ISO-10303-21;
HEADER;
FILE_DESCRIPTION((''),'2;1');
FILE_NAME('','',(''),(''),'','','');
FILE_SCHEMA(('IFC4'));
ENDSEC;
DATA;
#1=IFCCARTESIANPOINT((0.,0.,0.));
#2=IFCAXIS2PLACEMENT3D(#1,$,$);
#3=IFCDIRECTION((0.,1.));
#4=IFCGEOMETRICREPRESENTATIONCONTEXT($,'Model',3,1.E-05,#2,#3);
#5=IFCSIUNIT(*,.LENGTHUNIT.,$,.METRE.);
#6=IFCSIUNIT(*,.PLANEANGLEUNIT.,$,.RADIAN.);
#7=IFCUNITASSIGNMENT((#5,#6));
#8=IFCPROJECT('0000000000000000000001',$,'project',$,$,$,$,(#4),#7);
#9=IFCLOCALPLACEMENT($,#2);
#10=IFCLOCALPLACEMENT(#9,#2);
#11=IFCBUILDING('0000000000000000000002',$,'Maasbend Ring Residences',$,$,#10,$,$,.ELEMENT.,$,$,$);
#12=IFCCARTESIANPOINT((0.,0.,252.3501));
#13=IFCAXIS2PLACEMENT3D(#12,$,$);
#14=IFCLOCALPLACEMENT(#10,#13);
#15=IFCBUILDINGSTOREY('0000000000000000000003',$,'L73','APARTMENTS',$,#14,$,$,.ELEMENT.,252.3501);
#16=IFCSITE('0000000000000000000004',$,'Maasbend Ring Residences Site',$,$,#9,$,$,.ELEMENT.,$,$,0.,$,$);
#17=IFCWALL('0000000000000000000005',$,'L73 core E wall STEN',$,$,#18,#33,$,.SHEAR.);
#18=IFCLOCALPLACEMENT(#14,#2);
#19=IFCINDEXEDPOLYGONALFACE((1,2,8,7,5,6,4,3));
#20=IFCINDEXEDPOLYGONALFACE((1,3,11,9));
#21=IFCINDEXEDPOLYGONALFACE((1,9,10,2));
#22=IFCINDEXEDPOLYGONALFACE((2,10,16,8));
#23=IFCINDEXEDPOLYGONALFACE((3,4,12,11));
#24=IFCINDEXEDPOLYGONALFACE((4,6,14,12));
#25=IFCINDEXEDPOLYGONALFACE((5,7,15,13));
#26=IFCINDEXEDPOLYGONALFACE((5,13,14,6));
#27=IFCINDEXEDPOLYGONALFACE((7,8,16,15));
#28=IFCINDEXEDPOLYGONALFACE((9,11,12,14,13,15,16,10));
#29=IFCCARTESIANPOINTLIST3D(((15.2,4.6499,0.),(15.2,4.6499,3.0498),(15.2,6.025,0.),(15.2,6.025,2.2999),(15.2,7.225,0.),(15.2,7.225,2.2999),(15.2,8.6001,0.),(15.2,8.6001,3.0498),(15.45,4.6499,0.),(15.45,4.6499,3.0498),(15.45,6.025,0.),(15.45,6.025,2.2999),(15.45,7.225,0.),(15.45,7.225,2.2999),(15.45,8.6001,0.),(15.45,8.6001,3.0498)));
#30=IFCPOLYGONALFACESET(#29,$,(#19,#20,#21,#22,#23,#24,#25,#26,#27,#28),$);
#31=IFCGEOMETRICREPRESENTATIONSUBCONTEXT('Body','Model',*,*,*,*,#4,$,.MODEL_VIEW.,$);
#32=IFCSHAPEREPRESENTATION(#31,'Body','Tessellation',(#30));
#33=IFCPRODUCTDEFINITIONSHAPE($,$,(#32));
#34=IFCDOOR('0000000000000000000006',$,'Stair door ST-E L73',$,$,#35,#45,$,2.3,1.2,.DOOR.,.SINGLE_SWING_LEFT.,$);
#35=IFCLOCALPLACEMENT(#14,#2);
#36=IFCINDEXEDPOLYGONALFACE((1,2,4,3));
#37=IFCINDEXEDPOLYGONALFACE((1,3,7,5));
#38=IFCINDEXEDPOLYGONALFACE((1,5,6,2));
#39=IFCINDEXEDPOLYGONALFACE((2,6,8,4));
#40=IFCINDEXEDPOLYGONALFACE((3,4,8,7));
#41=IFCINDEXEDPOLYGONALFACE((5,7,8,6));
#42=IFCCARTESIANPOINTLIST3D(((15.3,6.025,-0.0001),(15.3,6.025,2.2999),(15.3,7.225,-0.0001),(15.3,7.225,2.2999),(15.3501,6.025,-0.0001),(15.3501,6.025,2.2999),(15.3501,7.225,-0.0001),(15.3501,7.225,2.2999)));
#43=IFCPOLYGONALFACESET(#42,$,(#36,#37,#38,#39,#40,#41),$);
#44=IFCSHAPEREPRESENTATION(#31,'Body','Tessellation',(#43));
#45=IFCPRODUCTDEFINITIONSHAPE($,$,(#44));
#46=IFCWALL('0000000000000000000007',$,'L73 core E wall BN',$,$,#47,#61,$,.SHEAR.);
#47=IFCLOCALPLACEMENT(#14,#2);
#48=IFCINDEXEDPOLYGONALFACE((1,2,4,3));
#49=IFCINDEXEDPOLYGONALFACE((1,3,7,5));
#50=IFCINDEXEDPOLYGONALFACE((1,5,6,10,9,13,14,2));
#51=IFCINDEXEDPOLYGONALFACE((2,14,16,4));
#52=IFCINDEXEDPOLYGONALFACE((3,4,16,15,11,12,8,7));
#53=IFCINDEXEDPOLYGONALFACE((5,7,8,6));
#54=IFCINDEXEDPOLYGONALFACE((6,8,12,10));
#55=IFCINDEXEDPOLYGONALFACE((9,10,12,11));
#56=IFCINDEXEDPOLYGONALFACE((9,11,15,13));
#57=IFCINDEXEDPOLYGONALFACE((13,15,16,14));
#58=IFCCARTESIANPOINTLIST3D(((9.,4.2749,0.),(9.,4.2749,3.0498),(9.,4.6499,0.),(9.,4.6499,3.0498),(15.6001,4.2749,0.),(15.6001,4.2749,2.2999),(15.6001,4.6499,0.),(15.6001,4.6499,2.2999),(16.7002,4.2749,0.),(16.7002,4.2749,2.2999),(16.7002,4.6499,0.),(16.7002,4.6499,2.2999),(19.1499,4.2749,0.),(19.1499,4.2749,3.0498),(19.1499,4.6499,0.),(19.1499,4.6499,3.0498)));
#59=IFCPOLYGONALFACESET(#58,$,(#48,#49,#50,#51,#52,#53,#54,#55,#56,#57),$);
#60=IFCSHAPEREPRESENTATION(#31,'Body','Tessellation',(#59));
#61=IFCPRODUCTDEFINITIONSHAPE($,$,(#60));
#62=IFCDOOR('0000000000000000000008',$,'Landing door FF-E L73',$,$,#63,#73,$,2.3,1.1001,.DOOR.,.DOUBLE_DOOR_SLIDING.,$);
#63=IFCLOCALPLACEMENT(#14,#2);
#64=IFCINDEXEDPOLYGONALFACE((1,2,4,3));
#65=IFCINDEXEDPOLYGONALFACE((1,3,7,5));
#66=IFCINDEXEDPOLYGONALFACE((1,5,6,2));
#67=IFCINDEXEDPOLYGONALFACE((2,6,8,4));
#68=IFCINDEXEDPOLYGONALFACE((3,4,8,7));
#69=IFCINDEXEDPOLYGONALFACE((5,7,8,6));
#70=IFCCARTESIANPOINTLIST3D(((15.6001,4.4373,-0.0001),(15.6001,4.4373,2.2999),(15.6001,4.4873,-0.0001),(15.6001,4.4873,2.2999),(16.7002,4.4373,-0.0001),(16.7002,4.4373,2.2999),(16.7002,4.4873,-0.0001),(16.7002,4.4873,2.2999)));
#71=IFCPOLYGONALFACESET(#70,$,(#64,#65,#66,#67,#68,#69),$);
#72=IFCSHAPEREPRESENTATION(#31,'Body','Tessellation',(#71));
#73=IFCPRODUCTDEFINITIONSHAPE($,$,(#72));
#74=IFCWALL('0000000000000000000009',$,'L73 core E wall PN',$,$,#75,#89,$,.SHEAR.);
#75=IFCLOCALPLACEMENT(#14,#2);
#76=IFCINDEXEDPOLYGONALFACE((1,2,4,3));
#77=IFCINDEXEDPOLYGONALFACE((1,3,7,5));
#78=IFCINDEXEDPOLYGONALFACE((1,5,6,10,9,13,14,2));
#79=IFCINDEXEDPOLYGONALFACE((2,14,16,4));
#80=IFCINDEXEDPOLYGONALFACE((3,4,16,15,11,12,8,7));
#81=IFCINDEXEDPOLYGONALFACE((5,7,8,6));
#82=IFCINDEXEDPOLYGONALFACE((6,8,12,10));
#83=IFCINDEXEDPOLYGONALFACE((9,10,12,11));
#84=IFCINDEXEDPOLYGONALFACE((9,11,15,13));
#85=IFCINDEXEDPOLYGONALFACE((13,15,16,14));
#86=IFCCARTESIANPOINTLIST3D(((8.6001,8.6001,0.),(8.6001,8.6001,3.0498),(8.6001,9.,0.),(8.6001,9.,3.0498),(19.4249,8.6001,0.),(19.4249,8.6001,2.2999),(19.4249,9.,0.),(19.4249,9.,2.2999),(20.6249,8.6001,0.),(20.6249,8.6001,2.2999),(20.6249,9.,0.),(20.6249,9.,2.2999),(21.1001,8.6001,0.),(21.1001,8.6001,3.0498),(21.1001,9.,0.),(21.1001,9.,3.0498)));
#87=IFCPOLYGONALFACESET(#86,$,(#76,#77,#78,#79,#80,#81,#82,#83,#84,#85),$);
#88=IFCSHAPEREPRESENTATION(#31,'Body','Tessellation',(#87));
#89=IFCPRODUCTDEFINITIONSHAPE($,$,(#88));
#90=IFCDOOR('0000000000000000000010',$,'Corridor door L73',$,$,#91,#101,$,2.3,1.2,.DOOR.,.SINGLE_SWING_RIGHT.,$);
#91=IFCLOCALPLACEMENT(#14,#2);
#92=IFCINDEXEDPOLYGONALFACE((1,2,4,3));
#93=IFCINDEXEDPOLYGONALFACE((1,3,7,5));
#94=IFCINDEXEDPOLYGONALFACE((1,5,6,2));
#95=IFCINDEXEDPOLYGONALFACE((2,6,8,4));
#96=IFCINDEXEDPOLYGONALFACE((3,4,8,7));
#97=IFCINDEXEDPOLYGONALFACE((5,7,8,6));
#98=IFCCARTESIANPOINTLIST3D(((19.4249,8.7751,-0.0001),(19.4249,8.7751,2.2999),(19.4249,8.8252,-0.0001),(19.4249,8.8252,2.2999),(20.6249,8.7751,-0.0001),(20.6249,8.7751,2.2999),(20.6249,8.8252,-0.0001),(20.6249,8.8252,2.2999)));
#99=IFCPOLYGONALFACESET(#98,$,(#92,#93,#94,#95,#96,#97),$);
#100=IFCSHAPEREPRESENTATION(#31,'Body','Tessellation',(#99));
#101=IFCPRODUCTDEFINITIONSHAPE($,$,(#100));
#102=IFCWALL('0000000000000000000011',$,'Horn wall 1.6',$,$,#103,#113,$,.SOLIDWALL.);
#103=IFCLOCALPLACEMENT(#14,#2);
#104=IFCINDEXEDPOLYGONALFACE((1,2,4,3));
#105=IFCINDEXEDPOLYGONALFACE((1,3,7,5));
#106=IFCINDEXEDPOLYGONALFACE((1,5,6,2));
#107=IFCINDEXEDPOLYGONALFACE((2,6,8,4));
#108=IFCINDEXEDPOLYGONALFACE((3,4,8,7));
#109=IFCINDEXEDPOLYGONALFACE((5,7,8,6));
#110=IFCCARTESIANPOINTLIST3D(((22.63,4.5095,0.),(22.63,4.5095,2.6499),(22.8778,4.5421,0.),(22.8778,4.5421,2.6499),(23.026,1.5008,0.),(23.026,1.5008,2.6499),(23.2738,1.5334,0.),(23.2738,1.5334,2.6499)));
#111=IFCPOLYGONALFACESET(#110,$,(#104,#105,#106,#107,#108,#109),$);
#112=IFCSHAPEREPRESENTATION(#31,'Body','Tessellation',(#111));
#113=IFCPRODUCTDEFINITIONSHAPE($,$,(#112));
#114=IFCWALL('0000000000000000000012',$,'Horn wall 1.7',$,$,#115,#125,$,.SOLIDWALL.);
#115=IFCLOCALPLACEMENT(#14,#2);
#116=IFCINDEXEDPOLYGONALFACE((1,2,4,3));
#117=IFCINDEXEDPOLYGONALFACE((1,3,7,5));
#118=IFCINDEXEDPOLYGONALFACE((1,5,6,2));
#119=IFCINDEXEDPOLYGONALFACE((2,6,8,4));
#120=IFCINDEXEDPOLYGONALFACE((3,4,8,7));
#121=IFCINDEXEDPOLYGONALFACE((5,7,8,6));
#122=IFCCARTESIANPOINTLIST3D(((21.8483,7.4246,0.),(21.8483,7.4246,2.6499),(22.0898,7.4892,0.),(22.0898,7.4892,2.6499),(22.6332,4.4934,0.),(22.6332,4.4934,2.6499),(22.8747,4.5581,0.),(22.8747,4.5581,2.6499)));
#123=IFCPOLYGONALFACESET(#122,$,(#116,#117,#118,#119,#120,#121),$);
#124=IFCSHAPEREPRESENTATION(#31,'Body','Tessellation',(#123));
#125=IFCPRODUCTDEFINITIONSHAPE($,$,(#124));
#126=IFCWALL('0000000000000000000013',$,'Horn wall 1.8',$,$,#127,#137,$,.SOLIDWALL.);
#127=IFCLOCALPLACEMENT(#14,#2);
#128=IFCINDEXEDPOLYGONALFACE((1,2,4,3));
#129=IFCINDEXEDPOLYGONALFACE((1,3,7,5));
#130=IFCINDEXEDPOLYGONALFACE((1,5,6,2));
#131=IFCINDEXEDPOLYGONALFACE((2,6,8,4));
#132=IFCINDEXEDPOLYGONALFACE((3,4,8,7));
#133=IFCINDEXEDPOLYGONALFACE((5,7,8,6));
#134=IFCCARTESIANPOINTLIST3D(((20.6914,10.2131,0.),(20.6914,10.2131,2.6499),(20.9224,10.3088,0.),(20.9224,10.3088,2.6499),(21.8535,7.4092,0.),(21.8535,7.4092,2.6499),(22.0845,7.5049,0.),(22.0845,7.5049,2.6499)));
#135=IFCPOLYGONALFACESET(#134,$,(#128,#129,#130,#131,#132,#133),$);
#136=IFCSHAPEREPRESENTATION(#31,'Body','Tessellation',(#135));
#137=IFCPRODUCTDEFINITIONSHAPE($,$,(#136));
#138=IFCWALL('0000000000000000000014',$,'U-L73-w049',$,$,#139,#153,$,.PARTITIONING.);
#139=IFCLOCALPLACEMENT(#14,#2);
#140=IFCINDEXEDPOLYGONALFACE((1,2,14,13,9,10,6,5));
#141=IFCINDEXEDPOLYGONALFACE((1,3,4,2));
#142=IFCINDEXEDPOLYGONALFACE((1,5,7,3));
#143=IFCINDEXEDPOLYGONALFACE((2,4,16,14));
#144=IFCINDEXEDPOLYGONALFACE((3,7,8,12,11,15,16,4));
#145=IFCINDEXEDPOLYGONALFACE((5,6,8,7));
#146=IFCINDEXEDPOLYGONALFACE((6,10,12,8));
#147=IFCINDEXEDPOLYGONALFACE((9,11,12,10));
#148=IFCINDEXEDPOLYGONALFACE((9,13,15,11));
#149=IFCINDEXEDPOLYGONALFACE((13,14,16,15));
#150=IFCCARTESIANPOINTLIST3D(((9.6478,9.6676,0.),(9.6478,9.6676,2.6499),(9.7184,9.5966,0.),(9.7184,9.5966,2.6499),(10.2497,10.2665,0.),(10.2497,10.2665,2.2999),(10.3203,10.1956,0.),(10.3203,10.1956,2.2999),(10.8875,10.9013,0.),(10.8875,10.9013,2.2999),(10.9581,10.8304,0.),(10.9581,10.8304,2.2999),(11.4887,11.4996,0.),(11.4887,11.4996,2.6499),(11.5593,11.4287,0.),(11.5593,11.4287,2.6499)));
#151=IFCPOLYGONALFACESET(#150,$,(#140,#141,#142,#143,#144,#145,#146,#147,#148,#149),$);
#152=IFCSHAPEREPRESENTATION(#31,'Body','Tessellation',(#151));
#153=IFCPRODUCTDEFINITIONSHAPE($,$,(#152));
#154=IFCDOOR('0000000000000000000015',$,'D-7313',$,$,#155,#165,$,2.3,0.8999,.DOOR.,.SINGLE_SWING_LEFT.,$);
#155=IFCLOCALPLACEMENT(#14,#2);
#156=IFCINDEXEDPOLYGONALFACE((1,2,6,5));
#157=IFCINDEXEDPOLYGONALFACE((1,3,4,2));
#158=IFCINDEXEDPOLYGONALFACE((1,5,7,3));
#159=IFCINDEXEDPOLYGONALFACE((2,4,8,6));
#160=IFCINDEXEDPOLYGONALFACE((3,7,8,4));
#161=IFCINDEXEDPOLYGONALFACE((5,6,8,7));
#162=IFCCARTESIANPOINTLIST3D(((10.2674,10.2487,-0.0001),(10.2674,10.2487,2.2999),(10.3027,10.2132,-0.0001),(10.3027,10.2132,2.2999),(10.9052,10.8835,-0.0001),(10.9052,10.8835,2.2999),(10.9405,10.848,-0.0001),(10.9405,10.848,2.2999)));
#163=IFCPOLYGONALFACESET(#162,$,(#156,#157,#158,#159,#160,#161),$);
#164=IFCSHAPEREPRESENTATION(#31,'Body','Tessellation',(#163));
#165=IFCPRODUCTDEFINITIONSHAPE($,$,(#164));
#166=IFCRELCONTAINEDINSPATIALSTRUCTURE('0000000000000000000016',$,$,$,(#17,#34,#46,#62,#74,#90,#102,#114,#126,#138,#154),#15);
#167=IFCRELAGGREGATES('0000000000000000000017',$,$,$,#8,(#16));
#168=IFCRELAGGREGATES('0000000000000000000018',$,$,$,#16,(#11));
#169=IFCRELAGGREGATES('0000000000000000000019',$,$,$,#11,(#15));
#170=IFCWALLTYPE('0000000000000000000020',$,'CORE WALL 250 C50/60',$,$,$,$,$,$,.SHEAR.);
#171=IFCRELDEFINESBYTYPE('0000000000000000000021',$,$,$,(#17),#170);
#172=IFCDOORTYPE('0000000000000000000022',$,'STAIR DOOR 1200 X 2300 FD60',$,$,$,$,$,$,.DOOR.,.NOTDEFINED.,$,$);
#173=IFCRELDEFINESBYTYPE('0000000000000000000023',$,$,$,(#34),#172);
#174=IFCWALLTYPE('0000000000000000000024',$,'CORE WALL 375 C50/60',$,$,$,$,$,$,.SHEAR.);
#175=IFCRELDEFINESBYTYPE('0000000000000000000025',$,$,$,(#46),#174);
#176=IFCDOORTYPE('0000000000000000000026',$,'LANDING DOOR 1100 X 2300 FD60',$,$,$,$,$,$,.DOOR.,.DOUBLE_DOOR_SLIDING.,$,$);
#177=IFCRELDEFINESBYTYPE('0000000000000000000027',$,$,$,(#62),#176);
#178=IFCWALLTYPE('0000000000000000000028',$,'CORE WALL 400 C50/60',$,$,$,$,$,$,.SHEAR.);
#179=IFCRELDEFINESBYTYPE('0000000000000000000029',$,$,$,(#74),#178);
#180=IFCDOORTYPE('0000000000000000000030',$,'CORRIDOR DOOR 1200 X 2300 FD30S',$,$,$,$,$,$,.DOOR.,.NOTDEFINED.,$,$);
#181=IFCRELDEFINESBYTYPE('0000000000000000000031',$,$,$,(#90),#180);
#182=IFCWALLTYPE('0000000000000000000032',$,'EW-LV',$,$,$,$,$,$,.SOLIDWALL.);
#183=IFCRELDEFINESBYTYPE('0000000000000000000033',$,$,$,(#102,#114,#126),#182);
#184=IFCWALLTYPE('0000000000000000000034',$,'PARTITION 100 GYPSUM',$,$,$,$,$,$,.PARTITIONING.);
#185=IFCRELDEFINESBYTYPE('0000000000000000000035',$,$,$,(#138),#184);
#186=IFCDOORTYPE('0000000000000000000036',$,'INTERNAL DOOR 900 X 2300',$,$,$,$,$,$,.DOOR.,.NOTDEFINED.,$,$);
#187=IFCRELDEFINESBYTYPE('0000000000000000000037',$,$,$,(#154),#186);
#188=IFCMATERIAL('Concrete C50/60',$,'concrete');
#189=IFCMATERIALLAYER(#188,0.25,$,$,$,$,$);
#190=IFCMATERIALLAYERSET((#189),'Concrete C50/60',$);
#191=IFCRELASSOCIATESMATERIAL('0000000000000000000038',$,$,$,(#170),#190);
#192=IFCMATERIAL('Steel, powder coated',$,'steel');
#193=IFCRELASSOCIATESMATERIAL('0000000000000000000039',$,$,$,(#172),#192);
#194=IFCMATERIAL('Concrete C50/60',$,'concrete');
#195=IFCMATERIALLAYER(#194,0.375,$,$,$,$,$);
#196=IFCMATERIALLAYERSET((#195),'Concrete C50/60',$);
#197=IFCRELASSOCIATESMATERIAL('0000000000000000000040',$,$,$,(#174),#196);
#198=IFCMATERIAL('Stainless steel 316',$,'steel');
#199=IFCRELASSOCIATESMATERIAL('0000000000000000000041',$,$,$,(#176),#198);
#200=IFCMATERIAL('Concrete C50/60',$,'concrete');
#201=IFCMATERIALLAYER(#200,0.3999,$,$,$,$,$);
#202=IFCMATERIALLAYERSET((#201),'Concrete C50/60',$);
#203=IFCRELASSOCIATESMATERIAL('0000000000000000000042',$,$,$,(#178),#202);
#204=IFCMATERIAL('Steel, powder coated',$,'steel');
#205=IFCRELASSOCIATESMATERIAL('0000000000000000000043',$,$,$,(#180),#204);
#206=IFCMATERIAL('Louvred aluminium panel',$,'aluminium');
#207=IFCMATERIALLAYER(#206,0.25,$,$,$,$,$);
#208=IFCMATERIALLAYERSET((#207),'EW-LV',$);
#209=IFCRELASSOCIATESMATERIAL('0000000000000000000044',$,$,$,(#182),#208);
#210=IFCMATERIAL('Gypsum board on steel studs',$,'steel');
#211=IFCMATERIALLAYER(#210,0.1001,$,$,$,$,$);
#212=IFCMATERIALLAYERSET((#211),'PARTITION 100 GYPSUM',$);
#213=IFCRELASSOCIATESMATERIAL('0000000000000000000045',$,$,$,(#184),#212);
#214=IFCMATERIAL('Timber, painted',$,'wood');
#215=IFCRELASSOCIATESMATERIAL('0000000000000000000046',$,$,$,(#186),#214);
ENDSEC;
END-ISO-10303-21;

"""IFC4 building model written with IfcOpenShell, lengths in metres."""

from ifc_helpers import new_model, si_unit, direction, frame, frame_2d, origin, place, context, subcontext, project, spatial, rectangle, extrude, material, layer, layer_set, type_object, element, fill, save


model = new_model("IFC4")

# Units and contexts
model_context = context("Model", 3, precision=1e-05, world=origin(), true_north=direction((0.0, 1.0)))
body_context = subcontext(model_context, "Body", "Model", "MODEL_VIEW")
ifc_project = project(units=[si_unit("LENGTHUNIT", "METRE"), si_unit("PLANEANGLEUNIT", "RADIAN")], contexts=[model_context])

# Site, building, storey
site_placement = place(None, origin())
site = spatial("IfcSite", under=ifc_project, at=site_placement, Name="Maasbend Ring Residences Site", CompositionType="ELEMENT", RefElevation=0.0)
building_placement = place(site_placement, origin())
building = spatial("IfcBuilding", under=site, at=building_placement, Name="Maasbend Ring Residences", CompositionType="ELEMENT")
storey_placement = place(building_placement, frame((0.0, 0.0, 252.3501)))
storey = spatial("IfcBuildingStorey", under=building, at=storey_placement, Name="L73", Description="APARTMENTS", CompositionType="ELEMENT", Elevation=252.3501)

# Shared definitions
ifc_material_1 = material(Name="Concrete C50/60", Category="concrete")
ifc_layer_1 = layer(ifc_material_1, 0.25)
ifc_layer_set_1 = layer_set([ifc_layer_1], Name="Concrete C50/60")
wall_type_1 = type_object("IfcWallType", Name="CORE WALL 250 C50/60", PredefinedType="SHEAR", material=ifc_layer_set_1)

# Walls, openings, doors
wall_1_placement = place(storey_placement, frame((15.325, 4.6499, 0.0), z_axis=(0.0, 0.0, 1.0), x_axis=(0.0, 1.0, 0.0)))
wall_1 = element("IfcWall", 1, at=wall_1_placement, inside=storey, type_object=wall_type_1, Name="L73 core E wall STEN", PredefinedType="SHEAR", context=body_context, shape_type="SweptSolid", body=[
    extrude(rectangle(XDim=3.9502, YDim=0.25, at=frame_2d((1.9751, 0.0))), origin(), (0.0, 0.0, 1.0), 3.0498),
])
opening_1_placement = place(wall_1_placement, frame((1.375, 0.0, 0.0)))
opening_1 = element("IfcOpeningElement", 2, at=opening_1_placement, cuts=wall_1, PredefinedType="OPENING", context=body_context, shape_type="SweptSolid", body=[
    extrude(rectangle(XDim=1.2, YDim=2.3, at=frame_2d((0.6001, 1.1499))), frame((0.0, 0.135, 0.0), z_axis=(0.0, -1.0, 0.0), x_axis=(1.0, 0.0, 0.0)), (0.0, 0.0, 1.0), 0.27),
])
ifc_material_2 = material(Name="Steel, powder coated", Category="steel")
door_type_1 = type_object("IfcDoorType", Name="STAIR DOOR 1200 X 2300 FD60", OperationType="NOTDEFINED", PredefinedType="DOOR", material=ifc_material_2)
door_1_placement = place(opening_1_placement, origin())
door_1 = element("IfcDoor", 3, at=door_1_placement, inside=storey, type_object=door_type_1, Name="Stair door ST-E L73", OperationType="SINGLE_SWING_LEFT", OverallHeight=2.3, OverallWidth=1.2, PredefinedType="DOOR", context=body_context, shape_type="SweptSolid", body=[
    extrude(rectangle(XDim=1.2, YDim=2.3, at=frame_2d((0.6001, 1.1499))), frame((0.0, 0.0249, 0.0), z_axis=(0.0, -1.0, 0.0), x_axis=(1.0, 0.0, 0.0)), (0.0, 0.0, 1.0), 0.05),
])
fill(opening_1, door_1)
ifc_material_3 = material(Name="Concrete C50/60", Category="concrete")
ifc_layer_2 = layer(ifc_material_3, 0.375)
ifc_layer_set_2 = layer_set([ifc_layer_2], Name="Concrete C50/60")
wall_type_2 = type_object("IfcWallType", Name="CORE WALL 375 C50/60", PredefinedType="SHEAR", material=ifc_layer_set_2)
wall_2_placement = place(storey_placement, frame((9.0, 4.4624, 0.0), z_axis=(0.0, 0.0, 1.0), x_axis=(1.0, 0.0, 0.0)))
wall_2 = element("IfcWall", 4, at=wall_2_placement, inside=storey, type_object=wall_type_2, Name="L73 core E wall BN", PredefinedType="SHEAR", context=body_context, shape_type="SweptSolid", body=[
    extrude(rectangle(XDim=10.1499, YDim=0.375, at=frame_2d((5.075, 0.0))), origin(), (0.0, 0.0, 1.0), 3.0498),
])
opening_2_placement = place(wall_2_placement, frame((6.6001, 0.0, 0.0)))
opening_2 = element("IfcOpeningElement", 5, at=opening_2_placement, cuts=wall_2, PredefinedType="OPENING", context=body_context, shape_type="SweptSolid", body=[
    extrude(rectangle(XDim=1.1001, YDim=2.3, at=frame_2d((0.55, 1.1499))), frame((0.0, 0.1975, 0.0), z_axis=(0.0, -1.0, 0.0), x_axis=(1.0, 0.0, 0.0)), (0.0, 0.0, 1.0), 0.395),
])
ifc_material_4 = material(Name="Stainless steel 316", Category="steel")
door_type_2 = type_object("IfcDoorType", Name="LANDING DOOR 1100 X 2300 FD60", OperationType="DOUBLE_DOOR_SLIDING", PredefinedType="DOOR", material=ifc_material_4)
door_2_placement = place(opening_2_placement, origin())
door_2 = element("IfcDoor", 6, at=door_2_placement, inside=storey, type_object=door_type_2, Name="Landing door FF-E L73", OperationType="DOUBLE_DOOR_SLIDING", OverallHeight=2.3, OverallWidth=1.1001, PredefinedType="DOOR", context=body_context, shape_type="SweptSolid", body=[
    extrude(rectangle(XDim=1.1001, YDim=2.3, at=frame_2d((0.55, 1.1499))), frame((0.0, 0.0249, 0.0), z_axis=(0.0, -1.0, 0.0), x_axis=(1.0, 0.0, 0.0)), (0.0, 0.0, 1.0), 0.05),
])
fill(opening_2, door_2)
ifc_material_5 = material(Name="Concrete C50/60", Category="concrete")
ifc_layer_3 = layer(ifc_material_5, 0.3999)
ifc_layer_set_3 = layer_set([ifc_layer_3], Name="Concrete C50/60")
wall_type_3 = type_object("IfcWallType", Name="CORE WALL 400 C50/60", PredefinedType="SHEAR", material=ifc_layer_set_3)
wall_3_placement = place(storey_placement, frame((21.1001, 8.8, 0.0), z_axis=(0.0, 0.0, 1.0), x_axis=(-1.0, 0.0, 0.0)))
wall_3 = element("IfcWall", 7, at=wall_3_placement, inside=storey, type_object=wall_type_3, Name="L73 core E wall PN", PredefinedType="SHEAR", context=body_context, shape_type="SweptSolid", body=[
    extrude(rectangle(XDim=12.5, YDim=0.3999, at=frame_2d((6.25, 0.0))), origin(), (0.0, 0.0, 1.0), 3.0498),
])
opening_3_placement = place(wall_3_placement, frame((0.4751, 0.0, 0.0)))
opening_3 = element("IfcOpeningElement", 8, at=opening_3_placement, cuts=wall_3, PredefinedType="OPENING", context=body_context, shape_type="SweptSolid", body=[
    extrude(rectangle(XDim=1.2, YDim=2.3, at=frame_2d((0.6001, 1.1499))), frame((0.0, 0.21, 0.0), z_axis=(0.0, -1.0, 0.0), x_axis=(1.0, 0.0, 0.0)), (0.0, 0.0, 1.0), 0.4199),
])
ifc_material_6 = material(Name="Steel, powder coated", Category="steel")
door_type_3 = type_object("IfcDoorType", Name="CORRIDOR DOOR 1200 X 2300 FD30S", OperationType="NOTDEFINED", PredefinedType="DOOR", material=ifc_material_6)
door_3_placement = place(opening_3_placement, origin())
door_3 = element("IfcDoor", 9, at=door_3_placement, inside=storey, type_object=door_type_3, Name="Corridor door L73", OperationType="SINGLE_SWING_RIGHT", OverallHeight=2.3, OverallWidth=1.2, PredefinedType="DOOR", context=body_context, shape_type="SweptSolid", body=[
    extrude(rectangle(XDim=1.2, YDim=2.3, at=frame_2d((0.6001, 1.1499))), frame((0.0, 0.0249, 0.0), z_axis=(0.0, -1.0, 0.0), x_axis=(1.0, 0.0, 0.0)), (0.0, 0.0, 1.0), 0.05),
])
fill(opening_3, door_3)

# Walls
ifc_material_7 = material(Name="Louvred aluminium panel", Category="aluminium")
ifc_layer_4 = layer(ifc_material_7, 0.25)
ifc_layer_set_4 = layer_set([ifc_layer_4], Name="EW-LV")
wall_type_4 = type_object("IfcWallType", Name="EW-LV", PredefinedType="SOLIDWALL", material=ifc_layer_set_4)
wall_4_placement = place(storey_placement, frame((23.1499, 1.5171, 0.0), z_axis=(0.0, 0.0, 1.0), x_axis=(-0.130488, 0.99145, 0.0)))
element("IfcWall", 10, at=wall_4_placement, inside=storey, type_object=wall_type_4, Name="Horn wall 1.6", PredefinedType="SOLIDWALL", context=body_context, shape_type="SweptSolid", body=[
    extrude(rectangle(XDim=3.0347, YDim=0.25, at=frame_2d((1.5173, 0.0))), origin(), (0.0, 0.0, 1.0), 2.6499),
])
wall_5_placement = place(storey_placement, frame((22.7539, 4.5259, 0.0), z_axis=(0.0, 0.0, 1.0), x_axis=(-0.258669, 0.965966, 0.0)))
element("IfcWall", 11, at=wall_5_placement, inside=storey, type_object=wall_type_4, Name="Horn wall 1.7", PredefinedType="SOLIDWALL", context=body_context, shape_type="SweptSolid", body=[
    extrude(rectangle(XDim=3.0344, YDim=0.25, at=frame_2d((1.5171, 0.0))), origin(), (0.0, 0.0, 1.0), 2.6499),
])
wall_6_placement = place(storey_placement, frame((21.969, 7.457, 0.0), z_axis=(0.0, 0.0, 1.0), x_axis=(-0.382873, 0.923801, 0.0)))
element("IfcWall", 12, at=wall_6_placement, inside=storey, type_object=wall_type_4, Name="Horn wall 1.8", PredefinedType="SOLIDWALL", context=body_context, shape_type="SweptSolid", body=[
    extrude(rectangle(XDim=3.0352, YDim=0.25, at=frame_2d((1.5176, 0.0))), origin(), (0.0, 0.0, 1.0), 2.6499),
])

# Wall, opening, door
ifc_material_8 = material(Name="Gypsum board on steel studs", Category="steel")
ifc_layer_5 = layer(ifc_material_8, 0.1001)
ifc_layer_set_5 = layer_set([ifc_layer_5], Name="PARTITION 100 GYPSUM")
wall_type_5 = type_object("IfcWallType", Name="PARTITION 100 GYPSUM", PredefinedType="PARTITIONING", material=ifc_layer_set_5)
wall_7_placement = place(storey_placement, frame((9.6831, 9.6321, 0.0), z_axis=(0.0, 0.0, 1.0), x_axis=(0.708797, 0.705413, 0.0)))
wall_7 = element("IfcWall", 13, at=wall_7_placement, inside=storey, type_object=wall_type_5, Name="U-L73-w049", PredefinedType="PARTITIONING", context=body_context, shape_type="SweptSolid", body=[
    extrude(rectangle(XDim=2.5972, YDim=0.1001, at=frame_2d((1.2986, 0.0))), origin(), (0.0, 0.0, 1.0), 2.6499),
])
opening_4_placement = place(wall_7_placement, frame((0.8491, 0.0, 0.0)))
opening_4 = element("IfcOpeningElement", 14, at=opening_4_placement, cuts=wall_7, PredefinedType="OPENING", context=body_context, shape_type="SweptSolid", body=[
    extrude(rectangle(XDim=0.8999, YDim=2.3, at=frame_2d((0.45, 1.1499))), frame((0.0, 0.0601, 0.0), z_axis=(0.0, -1.0, 0.0), x_axis=(1.0, 0.0, 0.0)), (0.0, 0.0, 1.0), 0.1201),
])
ifc_material_9 = material(Name="Timber, painted", Category="wood")
door_type_4 = type_object("IfcDoorType", Name="INTERNAL DOOR 900 X 2300", OperationType="NOTDEFINED", PredefinedType="DOOR", material=ifc_material_9)
door_4_placement = place(opening_4_placement, origin())
door_4 = element("IfcDoor", 15, at=door_4_placement, inside=storey, type_object=door_type_4, Name="D-7313", OperationType="SINGLE_SWING_LEFT", OverallHeight=2.3, OverallWidth=0.8999, PredefinedType="DOOR", context=body_context, shape_type="SweptSolid", body=[
    extrude(rectangle(XDim=0.8999, YDim=2.3, at=frame_2d((0.45, 1.1499))), frame((0.0, 0.0249, 0.0), z_axis=(0.0, -1.0, 0.0), x_axis=(1.0, 0.0, 0.0)), (0.0, 0.0, 1.0), 0.05),
])
fill(opening_4, door_4)

save(model, "model.ifc")
